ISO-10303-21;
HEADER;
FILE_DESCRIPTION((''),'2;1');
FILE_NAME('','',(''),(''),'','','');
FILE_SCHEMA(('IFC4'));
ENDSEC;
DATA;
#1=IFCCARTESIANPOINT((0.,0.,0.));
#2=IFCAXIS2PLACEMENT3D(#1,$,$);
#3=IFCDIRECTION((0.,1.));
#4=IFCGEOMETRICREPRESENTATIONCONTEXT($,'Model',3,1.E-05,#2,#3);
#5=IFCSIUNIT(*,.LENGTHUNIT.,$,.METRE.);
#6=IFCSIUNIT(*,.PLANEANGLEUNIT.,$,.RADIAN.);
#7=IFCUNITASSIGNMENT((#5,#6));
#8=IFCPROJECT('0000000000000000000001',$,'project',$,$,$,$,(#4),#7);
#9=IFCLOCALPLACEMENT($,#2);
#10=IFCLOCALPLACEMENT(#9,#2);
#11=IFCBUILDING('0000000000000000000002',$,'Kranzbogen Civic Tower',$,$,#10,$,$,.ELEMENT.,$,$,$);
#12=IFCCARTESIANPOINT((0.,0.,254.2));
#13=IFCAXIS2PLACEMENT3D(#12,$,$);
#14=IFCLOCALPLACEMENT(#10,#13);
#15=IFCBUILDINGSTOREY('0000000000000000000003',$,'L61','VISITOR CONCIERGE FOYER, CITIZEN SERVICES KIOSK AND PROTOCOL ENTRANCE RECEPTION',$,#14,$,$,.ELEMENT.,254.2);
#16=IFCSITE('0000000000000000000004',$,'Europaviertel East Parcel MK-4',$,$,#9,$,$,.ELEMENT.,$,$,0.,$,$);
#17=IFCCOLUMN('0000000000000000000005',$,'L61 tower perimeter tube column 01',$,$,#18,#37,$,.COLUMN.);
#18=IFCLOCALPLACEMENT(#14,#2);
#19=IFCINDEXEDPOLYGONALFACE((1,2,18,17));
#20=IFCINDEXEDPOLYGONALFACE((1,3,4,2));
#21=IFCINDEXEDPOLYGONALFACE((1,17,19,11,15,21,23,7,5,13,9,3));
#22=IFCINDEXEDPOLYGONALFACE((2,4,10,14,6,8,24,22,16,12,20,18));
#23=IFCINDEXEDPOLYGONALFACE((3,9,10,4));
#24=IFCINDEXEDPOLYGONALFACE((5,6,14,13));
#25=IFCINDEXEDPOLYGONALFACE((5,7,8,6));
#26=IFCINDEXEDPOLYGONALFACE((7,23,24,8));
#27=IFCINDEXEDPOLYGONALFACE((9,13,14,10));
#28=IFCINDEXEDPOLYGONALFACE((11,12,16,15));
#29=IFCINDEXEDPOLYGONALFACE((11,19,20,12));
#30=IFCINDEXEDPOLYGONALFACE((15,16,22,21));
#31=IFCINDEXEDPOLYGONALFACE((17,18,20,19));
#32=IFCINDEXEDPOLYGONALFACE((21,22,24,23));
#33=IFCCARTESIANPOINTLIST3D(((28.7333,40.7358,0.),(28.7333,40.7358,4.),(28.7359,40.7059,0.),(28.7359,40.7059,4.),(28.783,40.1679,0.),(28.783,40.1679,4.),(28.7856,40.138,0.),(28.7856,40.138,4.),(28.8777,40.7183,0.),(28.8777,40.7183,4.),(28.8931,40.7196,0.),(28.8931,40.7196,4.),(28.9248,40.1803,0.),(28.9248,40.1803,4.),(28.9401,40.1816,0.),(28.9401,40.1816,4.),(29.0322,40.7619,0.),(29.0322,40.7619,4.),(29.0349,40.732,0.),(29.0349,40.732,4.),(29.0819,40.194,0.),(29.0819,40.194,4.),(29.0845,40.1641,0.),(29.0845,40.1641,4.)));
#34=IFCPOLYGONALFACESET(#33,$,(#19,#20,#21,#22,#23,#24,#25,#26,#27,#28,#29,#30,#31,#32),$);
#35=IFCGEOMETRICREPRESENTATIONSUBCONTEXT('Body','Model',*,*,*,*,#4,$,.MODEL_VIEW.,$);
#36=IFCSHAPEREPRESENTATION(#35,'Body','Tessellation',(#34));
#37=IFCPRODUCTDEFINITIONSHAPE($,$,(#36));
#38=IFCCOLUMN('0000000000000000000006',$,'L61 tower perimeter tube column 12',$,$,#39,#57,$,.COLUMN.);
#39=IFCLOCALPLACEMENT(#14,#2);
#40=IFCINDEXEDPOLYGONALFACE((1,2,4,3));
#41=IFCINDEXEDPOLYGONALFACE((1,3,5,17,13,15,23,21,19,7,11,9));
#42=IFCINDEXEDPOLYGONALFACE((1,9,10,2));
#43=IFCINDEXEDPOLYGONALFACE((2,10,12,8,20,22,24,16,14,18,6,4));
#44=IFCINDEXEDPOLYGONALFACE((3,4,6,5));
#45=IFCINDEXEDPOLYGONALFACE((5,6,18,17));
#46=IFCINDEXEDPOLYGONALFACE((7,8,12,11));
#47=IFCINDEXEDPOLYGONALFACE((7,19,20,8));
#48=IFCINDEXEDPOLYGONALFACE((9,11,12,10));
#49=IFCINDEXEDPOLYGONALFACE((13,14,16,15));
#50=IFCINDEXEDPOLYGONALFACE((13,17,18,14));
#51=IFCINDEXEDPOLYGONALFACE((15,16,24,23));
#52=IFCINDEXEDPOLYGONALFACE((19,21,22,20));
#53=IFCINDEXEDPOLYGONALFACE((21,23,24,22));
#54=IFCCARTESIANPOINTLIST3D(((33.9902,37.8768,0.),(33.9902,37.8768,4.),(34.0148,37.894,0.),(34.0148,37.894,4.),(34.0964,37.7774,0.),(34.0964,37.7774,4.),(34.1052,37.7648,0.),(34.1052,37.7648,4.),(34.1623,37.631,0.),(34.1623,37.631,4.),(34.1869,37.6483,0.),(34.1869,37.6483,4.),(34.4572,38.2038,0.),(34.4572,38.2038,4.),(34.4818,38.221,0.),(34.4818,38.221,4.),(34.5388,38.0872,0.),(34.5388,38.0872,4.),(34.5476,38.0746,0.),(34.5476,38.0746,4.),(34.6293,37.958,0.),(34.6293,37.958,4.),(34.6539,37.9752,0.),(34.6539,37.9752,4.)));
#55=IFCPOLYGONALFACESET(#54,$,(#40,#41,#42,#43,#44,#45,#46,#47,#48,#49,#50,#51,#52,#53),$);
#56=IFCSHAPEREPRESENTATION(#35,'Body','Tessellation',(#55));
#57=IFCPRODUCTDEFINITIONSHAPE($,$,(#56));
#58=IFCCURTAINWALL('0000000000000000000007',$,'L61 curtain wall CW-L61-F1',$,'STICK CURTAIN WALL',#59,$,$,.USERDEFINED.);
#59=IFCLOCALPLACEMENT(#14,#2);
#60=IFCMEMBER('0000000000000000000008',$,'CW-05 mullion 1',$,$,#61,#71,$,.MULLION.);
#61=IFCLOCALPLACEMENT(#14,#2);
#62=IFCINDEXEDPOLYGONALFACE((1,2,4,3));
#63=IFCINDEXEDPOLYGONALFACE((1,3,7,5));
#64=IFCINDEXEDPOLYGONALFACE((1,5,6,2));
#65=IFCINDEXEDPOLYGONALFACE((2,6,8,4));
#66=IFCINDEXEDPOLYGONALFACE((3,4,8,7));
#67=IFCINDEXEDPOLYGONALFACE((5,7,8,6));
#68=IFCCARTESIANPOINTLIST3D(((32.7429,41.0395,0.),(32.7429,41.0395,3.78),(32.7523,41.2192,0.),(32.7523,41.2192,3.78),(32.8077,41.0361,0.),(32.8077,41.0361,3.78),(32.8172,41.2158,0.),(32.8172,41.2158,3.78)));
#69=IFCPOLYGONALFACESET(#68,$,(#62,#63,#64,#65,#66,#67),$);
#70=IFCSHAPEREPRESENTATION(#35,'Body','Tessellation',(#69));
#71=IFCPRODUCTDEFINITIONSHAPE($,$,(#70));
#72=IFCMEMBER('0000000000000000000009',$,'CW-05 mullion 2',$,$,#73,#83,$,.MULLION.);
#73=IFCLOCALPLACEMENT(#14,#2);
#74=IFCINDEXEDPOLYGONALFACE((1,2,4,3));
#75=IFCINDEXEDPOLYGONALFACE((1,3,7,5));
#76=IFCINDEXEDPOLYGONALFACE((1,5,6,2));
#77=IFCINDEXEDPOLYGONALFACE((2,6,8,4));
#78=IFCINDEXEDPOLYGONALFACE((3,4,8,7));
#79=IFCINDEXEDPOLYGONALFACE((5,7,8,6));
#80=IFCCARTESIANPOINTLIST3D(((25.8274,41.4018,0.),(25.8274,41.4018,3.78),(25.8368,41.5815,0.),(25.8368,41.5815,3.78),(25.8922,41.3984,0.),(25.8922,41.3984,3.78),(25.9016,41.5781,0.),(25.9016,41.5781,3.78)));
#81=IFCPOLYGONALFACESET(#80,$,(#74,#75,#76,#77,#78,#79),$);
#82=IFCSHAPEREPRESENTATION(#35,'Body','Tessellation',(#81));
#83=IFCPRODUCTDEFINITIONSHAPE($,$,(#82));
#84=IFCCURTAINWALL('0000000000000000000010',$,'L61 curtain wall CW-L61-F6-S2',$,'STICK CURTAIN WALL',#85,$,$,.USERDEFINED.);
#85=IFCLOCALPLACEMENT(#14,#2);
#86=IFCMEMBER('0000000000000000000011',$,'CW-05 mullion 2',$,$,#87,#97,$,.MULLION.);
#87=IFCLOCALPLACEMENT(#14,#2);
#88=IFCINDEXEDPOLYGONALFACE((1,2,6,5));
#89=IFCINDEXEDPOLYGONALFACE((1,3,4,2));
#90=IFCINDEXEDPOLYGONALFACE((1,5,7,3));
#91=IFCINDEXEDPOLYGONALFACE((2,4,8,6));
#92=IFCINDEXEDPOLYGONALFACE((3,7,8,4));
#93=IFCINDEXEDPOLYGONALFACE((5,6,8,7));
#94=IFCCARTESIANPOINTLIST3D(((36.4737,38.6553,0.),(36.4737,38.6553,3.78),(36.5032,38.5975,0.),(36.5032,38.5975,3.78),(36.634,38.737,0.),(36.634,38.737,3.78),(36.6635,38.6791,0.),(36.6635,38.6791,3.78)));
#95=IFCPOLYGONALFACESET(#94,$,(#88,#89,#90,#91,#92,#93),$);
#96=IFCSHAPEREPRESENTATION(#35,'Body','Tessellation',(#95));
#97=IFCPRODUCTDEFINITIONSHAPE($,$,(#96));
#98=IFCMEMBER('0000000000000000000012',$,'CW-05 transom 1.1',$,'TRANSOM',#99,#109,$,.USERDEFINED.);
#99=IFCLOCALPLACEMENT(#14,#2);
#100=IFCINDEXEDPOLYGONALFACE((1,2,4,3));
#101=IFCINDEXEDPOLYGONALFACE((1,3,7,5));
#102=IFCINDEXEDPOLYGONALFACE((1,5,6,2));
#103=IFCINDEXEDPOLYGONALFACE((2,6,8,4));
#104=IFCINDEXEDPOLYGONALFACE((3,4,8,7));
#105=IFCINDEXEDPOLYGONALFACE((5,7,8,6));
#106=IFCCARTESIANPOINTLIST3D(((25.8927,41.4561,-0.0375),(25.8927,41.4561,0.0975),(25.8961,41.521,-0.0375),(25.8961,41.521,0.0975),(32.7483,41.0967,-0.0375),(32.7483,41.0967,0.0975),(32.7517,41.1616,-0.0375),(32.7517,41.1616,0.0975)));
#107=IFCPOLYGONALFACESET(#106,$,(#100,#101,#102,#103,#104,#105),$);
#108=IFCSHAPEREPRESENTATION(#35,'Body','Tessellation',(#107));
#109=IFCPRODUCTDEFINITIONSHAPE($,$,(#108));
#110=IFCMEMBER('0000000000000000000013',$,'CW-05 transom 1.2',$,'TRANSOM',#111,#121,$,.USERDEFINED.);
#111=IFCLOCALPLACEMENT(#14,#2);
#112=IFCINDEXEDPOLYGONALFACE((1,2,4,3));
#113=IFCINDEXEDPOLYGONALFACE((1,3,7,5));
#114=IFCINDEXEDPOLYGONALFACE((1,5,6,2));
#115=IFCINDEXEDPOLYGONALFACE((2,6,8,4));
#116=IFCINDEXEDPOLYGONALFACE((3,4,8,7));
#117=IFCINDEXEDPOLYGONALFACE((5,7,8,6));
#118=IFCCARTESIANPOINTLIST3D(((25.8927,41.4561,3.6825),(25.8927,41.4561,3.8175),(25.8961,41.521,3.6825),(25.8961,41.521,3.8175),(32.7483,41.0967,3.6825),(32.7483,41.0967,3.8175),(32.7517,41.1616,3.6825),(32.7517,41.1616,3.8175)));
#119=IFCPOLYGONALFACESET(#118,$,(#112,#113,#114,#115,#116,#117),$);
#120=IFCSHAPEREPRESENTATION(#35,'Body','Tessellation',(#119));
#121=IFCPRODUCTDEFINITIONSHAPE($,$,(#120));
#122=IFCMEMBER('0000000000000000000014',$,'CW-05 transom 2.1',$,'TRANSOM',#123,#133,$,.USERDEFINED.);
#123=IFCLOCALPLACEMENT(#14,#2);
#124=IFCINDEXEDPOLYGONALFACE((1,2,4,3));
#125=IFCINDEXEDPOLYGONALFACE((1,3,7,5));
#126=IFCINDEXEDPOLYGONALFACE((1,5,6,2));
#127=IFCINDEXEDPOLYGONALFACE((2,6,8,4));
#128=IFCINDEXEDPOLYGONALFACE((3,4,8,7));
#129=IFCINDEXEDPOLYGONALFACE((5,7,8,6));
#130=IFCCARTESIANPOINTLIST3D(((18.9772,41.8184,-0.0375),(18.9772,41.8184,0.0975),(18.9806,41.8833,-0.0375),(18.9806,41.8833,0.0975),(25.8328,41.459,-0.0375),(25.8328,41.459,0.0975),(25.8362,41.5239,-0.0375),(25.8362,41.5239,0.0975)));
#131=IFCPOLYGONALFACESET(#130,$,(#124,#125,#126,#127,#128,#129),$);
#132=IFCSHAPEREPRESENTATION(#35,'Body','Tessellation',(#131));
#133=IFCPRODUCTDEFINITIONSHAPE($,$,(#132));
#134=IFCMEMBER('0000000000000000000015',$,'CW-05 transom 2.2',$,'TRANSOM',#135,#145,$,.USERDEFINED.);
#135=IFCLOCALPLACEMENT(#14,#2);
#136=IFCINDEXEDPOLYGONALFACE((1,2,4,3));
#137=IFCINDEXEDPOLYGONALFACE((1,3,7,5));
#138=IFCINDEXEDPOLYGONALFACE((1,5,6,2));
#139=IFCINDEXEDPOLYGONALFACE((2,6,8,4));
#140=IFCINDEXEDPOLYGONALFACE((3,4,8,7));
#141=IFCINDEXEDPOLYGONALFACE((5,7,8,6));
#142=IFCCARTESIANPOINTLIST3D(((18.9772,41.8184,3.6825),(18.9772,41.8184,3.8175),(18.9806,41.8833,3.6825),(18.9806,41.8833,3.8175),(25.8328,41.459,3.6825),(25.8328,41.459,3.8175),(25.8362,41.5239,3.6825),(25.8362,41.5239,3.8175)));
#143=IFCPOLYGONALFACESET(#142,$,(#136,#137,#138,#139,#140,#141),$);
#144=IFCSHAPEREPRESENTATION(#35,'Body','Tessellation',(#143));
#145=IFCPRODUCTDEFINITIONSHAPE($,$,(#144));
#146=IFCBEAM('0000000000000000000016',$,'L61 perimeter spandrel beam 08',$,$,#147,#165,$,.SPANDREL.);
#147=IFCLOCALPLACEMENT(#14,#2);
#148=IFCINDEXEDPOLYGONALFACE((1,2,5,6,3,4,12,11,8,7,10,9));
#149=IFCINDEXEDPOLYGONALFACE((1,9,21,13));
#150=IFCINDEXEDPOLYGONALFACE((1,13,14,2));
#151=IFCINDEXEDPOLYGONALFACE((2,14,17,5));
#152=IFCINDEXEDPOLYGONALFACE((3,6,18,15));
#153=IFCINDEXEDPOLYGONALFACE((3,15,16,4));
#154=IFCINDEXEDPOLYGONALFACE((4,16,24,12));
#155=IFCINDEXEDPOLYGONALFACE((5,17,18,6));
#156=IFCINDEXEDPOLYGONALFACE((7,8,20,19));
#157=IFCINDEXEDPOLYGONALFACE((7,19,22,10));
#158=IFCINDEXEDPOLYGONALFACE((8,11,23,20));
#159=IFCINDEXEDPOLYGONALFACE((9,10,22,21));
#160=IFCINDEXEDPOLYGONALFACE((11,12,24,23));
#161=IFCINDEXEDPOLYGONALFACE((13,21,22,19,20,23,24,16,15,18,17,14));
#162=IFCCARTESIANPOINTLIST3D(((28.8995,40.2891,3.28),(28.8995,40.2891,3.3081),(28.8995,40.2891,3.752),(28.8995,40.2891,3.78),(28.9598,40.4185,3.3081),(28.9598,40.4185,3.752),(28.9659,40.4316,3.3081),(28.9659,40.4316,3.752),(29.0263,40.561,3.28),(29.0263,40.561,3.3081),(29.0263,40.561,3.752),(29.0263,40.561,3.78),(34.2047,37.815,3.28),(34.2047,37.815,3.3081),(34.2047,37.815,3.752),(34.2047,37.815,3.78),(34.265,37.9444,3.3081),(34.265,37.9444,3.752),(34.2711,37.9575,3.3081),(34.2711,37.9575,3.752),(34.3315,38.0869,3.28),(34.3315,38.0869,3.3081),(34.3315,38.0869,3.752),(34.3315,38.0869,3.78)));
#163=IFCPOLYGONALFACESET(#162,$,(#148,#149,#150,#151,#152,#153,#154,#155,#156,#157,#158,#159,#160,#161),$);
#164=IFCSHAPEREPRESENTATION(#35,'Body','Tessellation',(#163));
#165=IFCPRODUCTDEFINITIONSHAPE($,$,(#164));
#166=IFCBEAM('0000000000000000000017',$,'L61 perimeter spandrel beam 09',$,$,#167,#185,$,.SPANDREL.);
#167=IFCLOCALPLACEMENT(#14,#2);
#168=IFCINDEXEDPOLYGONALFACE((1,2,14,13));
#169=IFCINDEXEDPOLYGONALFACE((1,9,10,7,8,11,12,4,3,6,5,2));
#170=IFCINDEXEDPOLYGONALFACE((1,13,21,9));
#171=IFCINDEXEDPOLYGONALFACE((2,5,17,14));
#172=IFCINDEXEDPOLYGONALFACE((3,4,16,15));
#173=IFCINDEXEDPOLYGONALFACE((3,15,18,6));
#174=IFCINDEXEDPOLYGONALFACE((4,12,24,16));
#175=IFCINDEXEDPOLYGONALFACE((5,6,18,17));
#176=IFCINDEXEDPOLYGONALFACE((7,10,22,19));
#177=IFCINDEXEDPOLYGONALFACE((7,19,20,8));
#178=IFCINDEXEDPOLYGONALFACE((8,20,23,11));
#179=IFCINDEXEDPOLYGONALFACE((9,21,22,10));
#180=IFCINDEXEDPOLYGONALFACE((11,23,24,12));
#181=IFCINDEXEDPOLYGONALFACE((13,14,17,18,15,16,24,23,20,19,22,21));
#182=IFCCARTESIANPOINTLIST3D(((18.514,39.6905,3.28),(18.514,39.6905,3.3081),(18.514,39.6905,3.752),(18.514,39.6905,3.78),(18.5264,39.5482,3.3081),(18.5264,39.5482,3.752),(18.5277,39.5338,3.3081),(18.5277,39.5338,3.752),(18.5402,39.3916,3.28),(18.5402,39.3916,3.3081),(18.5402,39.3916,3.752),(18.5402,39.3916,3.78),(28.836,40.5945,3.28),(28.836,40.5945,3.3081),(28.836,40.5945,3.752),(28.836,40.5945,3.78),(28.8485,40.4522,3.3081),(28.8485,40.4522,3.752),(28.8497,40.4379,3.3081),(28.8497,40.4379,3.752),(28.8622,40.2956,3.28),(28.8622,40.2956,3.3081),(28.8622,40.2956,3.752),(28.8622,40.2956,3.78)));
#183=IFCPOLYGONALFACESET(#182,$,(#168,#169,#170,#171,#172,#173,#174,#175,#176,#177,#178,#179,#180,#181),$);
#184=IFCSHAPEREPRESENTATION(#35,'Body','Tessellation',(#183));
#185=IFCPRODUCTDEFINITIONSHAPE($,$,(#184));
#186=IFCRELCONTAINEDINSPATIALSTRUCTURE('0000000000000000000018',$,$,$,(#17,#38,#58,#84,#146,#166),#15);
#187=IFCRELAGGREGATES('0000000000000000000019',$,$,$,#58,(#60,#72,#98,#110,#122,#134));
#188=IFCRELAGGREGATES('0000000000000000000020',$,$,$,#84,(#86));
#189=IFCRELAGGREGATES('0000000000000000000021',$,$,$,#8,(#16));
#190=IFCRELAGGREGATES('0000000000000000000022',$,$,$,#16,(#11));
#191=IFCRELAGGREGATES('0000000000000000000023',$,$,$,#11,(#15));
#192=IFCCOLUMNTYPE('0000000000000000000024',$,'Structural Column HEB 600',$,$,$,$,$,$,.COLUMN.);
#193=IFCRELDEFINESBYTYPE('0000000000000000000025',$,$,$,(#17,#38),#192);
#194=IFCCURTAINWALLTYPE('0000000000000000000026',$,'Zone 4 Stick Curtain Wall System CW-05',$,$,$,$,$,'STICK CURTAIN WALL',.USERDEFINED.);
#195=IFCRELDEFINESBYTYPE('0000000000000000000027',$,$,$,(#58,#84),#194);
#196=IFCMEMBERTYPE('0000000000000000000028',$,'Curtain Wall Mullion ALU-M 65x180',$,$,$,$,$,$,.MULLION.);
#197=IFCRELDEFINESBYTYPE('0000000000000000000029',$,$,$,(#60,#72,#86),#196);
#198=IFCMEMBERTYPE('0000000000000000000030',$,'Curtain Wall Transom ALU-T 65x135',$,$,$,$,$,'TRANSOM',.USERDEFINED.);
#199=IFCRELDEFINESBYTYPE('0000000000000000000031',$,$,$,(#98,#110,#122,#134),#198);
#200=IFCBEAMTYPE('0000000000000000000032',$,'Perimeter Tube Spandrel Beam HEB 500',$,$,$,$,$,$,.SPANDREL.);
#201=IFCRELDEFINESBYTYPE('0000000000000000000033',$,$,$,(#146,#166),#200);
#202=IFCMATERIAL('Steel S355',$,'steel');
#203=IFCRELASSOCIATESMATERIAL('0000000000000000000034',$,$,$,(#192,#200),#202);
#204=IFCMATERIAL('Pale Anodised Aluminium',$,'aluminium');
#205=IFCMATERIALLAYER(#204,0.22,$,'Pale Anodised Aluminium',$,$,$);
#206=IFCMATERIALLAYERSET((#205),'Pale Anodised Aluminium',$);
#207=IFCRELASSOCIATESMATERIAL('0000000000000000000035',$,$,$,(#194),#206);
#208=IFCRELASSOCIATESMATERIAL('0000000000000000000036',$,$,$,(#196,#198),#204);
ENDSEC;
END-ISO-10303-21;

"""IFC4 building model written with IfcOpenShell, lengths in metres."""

from ifc_helpers import new_model, si_unit, direction, frame, origin, origin_2d, place, context, subcontext, project, spatial, rectangle, i_section, extrude, material, layer, layer_set, material_profile, profile_set, type_object, element, aggregate, save


model = new_model("IFC4")

# Units and contexts
model_context = context("Model", 3, precision=1e-05, world=origin(), true_north=direction((0.0, 1.0)))
body_context = subcontext(model_context, "Body", "Model", "MODEL_VIEW")
ifc_project = project(units=[si_unit("LENGTHUNIT", "METRE"), si_unit("PLANEANGLEUNIT", "RADIAN")], contexts=[model_context])

# Site, building, storey
site_placement = place(None, origin())
site = spatial("IfcSite", under=ifc_project, at=site_placement, Name="Europaviertel East Parcel MK-4", CompositionType="ELEMENT", RefElevation=0.0)
building_placement = place(site_placement, origin())
building = spatial("IfcBuilding", under=site, at=building_placement, Name="Kranzbogen Civic Tower", CompositionType="ELEMENT")
storey_placement = place(building_placement, frame((0.0, 0.0, 254.2)))
storey = spatial("IfcBuildingStorey", under=building, at=storey_placement, Name="L61", Description="VISITOR CONCIERGE FOYER, CITIZEN SERVICES KIOSK AND PROTOCOL ENTRANCE RECEPTION", CompositionType="ELEMENT", Elevation=254.2)

# Columns
ifc_material_1 = material(Name="Steel S355", Category="steel")
ifc_material_profile_1 = material_profile(ifc_material_1, i_section(OverallWidth=0.3, OverallDepth=0.6001, WebThickness=0.0154, FlangeThickness=0.03, at=origin_2d()), Name="HEB 600")
ifc_profile_set_1 = profile_set([ifc_material_profile_1], Name="Steel S355")
column_type = type_object("IfcColumnType", Name="Structural Column HEB 600", PredefinedType="COLUMN", material=ifc_profile_set_1)
for number, where, z_axis, x_axis, name in (
    (1, (28.9089, 40.45, 0.0), (0.0, 0.0, 1.0), (0.996195, 0.087156, 0.0), "L61 tower perimeter tube column 01"),
    (2, (34.322, 37.926, 0.0), (0.0, 0.0, 1.0), (-0.573576, 0.819152, 0.0), "L61 tower perimeter tube column 12"),
):
    element("IfcColumn", number, at=place(storey_placement, frame(where, z_axis=z_axis, x_axis=x_axis)), inside=storey, type_object=column_type, Name=name, PredefinedType="COLUMN", context=body_context, shape_type="SweptSolid", body=[
        extrude(i_section(OverallWidth=0.3, OverallDepth=0.6001, WebThickness=0.0154, FlangeThickness=0.03, at=origin_2d()), origin(), (0.0, 0.0, 1.0), 4.0),
    ])

# Curtain wall, members
ifc_material_2 = material(Name="Pale Anodised Aluminium", Category="aluminium")
ifc_layer_1 = layer(ifc_material_2, 0.22, Name="Pale Anodised Aluminium")
ifc_layer_set_1 = layer_set([ifc_layer_1], Name="Pale Anodised Aluminium")
curtain_wall_type = type_object("IfcCurtainWallType", Name="Zone 4 Stick Curtain Wall System CW-05", ElementType="STICK CURTAIN WALL", PredefinedType="USERDEFINED", material=ifc_layer_set_1)
curtain_wall_1_placement = place(storey_placement, origin())
curtain_wall_1 = element("IfcCurtainWall", 3, at=curtain_wall_1_placement, inside=storey, type_object=curtain_wall_type, Name="L61 curtain wall CW-L61-F1", ObjectType="STICK CURTAIN WALL", PredefinedType="USERDEFINED")
ifc_material_profile_2 = material_profile(ifc_material_2, rectangle(XDim=0.0649, YDim=0.1799, at=origin_2d()), Name="ALU-M 65x180")
ifc_profile_set_2 = profile_set([ifc_material_profile_2], Name="Pale Anodised Aluminium")
member_type_1 = type_object("IfcMemberType", Name="Curtain Wall Mullion ALU-M 65x180", PredefinedType="MULLION", material=ifc_profile_set_2)
member_1_placement = place(storey_placement, frame((32.78, 41.1277, 0.0), z_axis=(0.0, 0.0, 1.0), x_axis=(-0.99863, 0.052336, 0.0)))
member_1 = element("IfcMember", 4, at=member_1_placement, type_object=member_type_1, Name="CW-05 mullion 1", PredefinedType="MULLION", context=body_context, shape_type="SweptSolid", body=[
    extrude(rectangle(XDim=0.0649, YDim=0.1799, at=origin_2d()), origin(), (0.0, 0.0, 1.0), 3.78),
])
member_2_placement = place(storey_placement, frame((25.8645, 41.49, 0.0), z_axis=(0.0, 0.0, 1.0), x_axis=(-0.99863, 0.052336, 0.0)))
member_2 = element("IfcMember", 5, at=member_2_placement, type_object=member_type_1, Name="CW-05 mullion 2", PredefinedType="MULLION", context=body_context, shape_type="SweptSolid", body=[
    extrude(rectangle(XDim=0.0649, YDim=0.1799, at=origin_2d()), origin(), (0.0, 0.0, 1.0), 3.78),
])

# Curtain wall, member
curtain_wall_2_placement = place(storey_placement, origin())
curtain_wall_2 = element("IfcCurtainWall", 6, at=curtain_wall_2_placement, inside=storey, type_object=curtain_wall_type, Name="L61 curtain wall CW-L61-F6-S2", ObjectType="STICK CURTAIN WALL", PredefinedType="USERDEFINED")
member_3_placement = place(storey_placement, frame((36.5686, 38.6672, 0.0), z_axis=(0.0, 0.0, 1.0), x_axis=(-0.453941, 0.891032, 0.0)))
member_3 = element("IfcMember", 7, at=member_3_placement, type_object=member_type_1, Name="CW-05 mullion 2", PredefinedType="MULLION", context=body_context, shape_type="SweptSolid", body=[
    extrude(rectangle(XDim=0.0649, YDim=0.1799, at=origin_2d()), origin(), (0.0, 0.0, 1.0), 3.78),
])

# Members
ifc_material_profile_3 = material_profile(ifc_material_2, rectangle(XDim=0.0649, YDim=0.135, at=origin_2d()), Name="ALU-T 65x135")
ifc_profile_set_3 = profile_set([ifc_material_profile_3], Name="Pale Anodised Aluminium")
member_type_2 = type_object("IfcMemberType", Name="Curtain Wall Transom ALU-T 65x135", ElementType="TRANSOM", PredefinedType="USERDEFINED", material=ifc_profile_set_3)
member_4_placement = place(storey_placement, frame((32.75, 41.1292, 0.03), z_axis=(-0.998629, 0.05235, 0.0), x_axis=(-0.05235, -0.998629, 0.0)))
member_4 = element("IfcMember", 8, at=member_4_placement, type_object=member_type_2, Name="CW-05 transom 1.1", ObjectType="TRANSOM", PredefinedType="USERDEFINED", context=body_context, shape_type="SweptSolid", body=[
    extrude(rectangle(XDim=0.0649, YDim=0.135, at=origin_2d()), origin(), (0.0, 0.0, 1.0), 6.865),
])
member_5_placement = place(storey_placement, frame((32.75, 41.1292, 3.75), z_axis=(-0.998629, 0.05235, 0.0), x_axis=(-0.05235, -0.998629, 0.0)))
member_5 = element("IfcMember", 9, at=member_5_placement, type_object=member_type_2, Name="CW-05 transom 1.2", ObjectType="TRANSOM", PredefinedType="USERDEFINED", context=body_context, shape_type="SweptSolid", body=[
    extrude(rectangle(XDim=0.0649, YDim=0.135, at=origin_2d()), origin(), (0.0, 0.0, 1.0), 6.865),
])
member_6_placement = place(storey_placement, frame((25.8345, 41.4915, 0.03), z_axis=(-0.998629, 0.05235, 0.0), x_axis=(-0.05235, -0.998629, 0.0)))
member_6 = element("IfcMember", 10, at=member_6_placement, type_object=member_type_2, Name="CW-05 transom 2.1", ObjectType="TRANSOM", PredefinedType="USERDEFINED", context=body_context, shape_type="SweptSolid", body=[
    extrude(rectangle(XDim=0.0649, YDim=0.135, at=origin_2d()), origin(), (0.0, 0.0, 1.0), 6.865),
])
member_7_placement = place(storey_placement, frame((25.8345, 41.4915, 3.75), z_axis=(-0.998629, 0.05235, 0.0), x_axis=(-0.05235, -0.998629, 0.0)))
member_7 = element("IfcMember", 11, at=member_7_placement, type_object=member_type_2, Name="CW-05 transom 2.2", ObjectType="TRANSOM", PredefinedType="USERDEFINED", context=body_context, shape_type="SweptSolid", body=[
    extrude(rectangle(XDim=0.0649, YDim=0.135, at=origin_2d()), origin(), (0.0, 0.0, 1.0), 6.865),
])

# Beams
ifc_material_profile_4 = material_profile(ifc_material_1, i_section(OverallWidth=0.3, OverallDepth=0.5, WebThickness=0.0144, FlangeThickness=0.0281, at=origin_2d()), Name="HEB 500")
ifc_profile_set_4 = profile_set([ifc_material_profile_4], Name="Steel S355")
beam_type_1 = type_object("IfcBeamType", Name="Perimeter Tube Spandrel Beam HEB 500", PredefinedType="SPANDREL", material=ifc_profile_set_4)
beam_1_placement = place(storey_placement, frame((34.2681, 37.9509, 3.53), z_axis=(-0.90629, 0.422657, 0.0), x_axis=(-0.422657, -0.90629, 0.0)))
element("IfcBeam", 12, at=beam_1_placement, inside=storey, type_object=beam_type_1, Name="L61 perimeter spandrel beam 08", PredefinedType="SPANDREL", context=body_context, shape_type="SweptSolid", body=[
    extrude(i_section(OverallWidth=0.3, OverallDepth=0.5, WebThickness=0.0144, FlangeThickness=0.0281, at=origin_2d()), origin(), (0.0, 0.0, 1.0), 5.8538),
])
beam_2_placement = place(storey_placement, frame((28.8491, 40.4451, 3.53), z_axis=(-0.996186, -0.087251, 0.0), x_axis=(0.087251, -0.996186, 0.0)))
element("IfcBeam", 13, at=beam_2_placement, inside=storey, type_object=beam_type_1, Name="L61 perimeter spandrel beam 09", PredefinedType="SPANDREL", context=body_context, shape_type="SweptSolid", body=[
    extrude(i_section(OverallWidth=0.3, OverallDepth=0.5, WebThickness=0.0144, FlangeThickness=0.0281, at=origin_2d()), origin(), (0.0, 0.0, 1.0), 10.3616),
])

aggregate(curtain_wall_1, [member_1, member_2, member_4, member_5, member_6, member_7])
aggregate(curtain_wall_2, [member_3])

save(model, "model.ifc")
